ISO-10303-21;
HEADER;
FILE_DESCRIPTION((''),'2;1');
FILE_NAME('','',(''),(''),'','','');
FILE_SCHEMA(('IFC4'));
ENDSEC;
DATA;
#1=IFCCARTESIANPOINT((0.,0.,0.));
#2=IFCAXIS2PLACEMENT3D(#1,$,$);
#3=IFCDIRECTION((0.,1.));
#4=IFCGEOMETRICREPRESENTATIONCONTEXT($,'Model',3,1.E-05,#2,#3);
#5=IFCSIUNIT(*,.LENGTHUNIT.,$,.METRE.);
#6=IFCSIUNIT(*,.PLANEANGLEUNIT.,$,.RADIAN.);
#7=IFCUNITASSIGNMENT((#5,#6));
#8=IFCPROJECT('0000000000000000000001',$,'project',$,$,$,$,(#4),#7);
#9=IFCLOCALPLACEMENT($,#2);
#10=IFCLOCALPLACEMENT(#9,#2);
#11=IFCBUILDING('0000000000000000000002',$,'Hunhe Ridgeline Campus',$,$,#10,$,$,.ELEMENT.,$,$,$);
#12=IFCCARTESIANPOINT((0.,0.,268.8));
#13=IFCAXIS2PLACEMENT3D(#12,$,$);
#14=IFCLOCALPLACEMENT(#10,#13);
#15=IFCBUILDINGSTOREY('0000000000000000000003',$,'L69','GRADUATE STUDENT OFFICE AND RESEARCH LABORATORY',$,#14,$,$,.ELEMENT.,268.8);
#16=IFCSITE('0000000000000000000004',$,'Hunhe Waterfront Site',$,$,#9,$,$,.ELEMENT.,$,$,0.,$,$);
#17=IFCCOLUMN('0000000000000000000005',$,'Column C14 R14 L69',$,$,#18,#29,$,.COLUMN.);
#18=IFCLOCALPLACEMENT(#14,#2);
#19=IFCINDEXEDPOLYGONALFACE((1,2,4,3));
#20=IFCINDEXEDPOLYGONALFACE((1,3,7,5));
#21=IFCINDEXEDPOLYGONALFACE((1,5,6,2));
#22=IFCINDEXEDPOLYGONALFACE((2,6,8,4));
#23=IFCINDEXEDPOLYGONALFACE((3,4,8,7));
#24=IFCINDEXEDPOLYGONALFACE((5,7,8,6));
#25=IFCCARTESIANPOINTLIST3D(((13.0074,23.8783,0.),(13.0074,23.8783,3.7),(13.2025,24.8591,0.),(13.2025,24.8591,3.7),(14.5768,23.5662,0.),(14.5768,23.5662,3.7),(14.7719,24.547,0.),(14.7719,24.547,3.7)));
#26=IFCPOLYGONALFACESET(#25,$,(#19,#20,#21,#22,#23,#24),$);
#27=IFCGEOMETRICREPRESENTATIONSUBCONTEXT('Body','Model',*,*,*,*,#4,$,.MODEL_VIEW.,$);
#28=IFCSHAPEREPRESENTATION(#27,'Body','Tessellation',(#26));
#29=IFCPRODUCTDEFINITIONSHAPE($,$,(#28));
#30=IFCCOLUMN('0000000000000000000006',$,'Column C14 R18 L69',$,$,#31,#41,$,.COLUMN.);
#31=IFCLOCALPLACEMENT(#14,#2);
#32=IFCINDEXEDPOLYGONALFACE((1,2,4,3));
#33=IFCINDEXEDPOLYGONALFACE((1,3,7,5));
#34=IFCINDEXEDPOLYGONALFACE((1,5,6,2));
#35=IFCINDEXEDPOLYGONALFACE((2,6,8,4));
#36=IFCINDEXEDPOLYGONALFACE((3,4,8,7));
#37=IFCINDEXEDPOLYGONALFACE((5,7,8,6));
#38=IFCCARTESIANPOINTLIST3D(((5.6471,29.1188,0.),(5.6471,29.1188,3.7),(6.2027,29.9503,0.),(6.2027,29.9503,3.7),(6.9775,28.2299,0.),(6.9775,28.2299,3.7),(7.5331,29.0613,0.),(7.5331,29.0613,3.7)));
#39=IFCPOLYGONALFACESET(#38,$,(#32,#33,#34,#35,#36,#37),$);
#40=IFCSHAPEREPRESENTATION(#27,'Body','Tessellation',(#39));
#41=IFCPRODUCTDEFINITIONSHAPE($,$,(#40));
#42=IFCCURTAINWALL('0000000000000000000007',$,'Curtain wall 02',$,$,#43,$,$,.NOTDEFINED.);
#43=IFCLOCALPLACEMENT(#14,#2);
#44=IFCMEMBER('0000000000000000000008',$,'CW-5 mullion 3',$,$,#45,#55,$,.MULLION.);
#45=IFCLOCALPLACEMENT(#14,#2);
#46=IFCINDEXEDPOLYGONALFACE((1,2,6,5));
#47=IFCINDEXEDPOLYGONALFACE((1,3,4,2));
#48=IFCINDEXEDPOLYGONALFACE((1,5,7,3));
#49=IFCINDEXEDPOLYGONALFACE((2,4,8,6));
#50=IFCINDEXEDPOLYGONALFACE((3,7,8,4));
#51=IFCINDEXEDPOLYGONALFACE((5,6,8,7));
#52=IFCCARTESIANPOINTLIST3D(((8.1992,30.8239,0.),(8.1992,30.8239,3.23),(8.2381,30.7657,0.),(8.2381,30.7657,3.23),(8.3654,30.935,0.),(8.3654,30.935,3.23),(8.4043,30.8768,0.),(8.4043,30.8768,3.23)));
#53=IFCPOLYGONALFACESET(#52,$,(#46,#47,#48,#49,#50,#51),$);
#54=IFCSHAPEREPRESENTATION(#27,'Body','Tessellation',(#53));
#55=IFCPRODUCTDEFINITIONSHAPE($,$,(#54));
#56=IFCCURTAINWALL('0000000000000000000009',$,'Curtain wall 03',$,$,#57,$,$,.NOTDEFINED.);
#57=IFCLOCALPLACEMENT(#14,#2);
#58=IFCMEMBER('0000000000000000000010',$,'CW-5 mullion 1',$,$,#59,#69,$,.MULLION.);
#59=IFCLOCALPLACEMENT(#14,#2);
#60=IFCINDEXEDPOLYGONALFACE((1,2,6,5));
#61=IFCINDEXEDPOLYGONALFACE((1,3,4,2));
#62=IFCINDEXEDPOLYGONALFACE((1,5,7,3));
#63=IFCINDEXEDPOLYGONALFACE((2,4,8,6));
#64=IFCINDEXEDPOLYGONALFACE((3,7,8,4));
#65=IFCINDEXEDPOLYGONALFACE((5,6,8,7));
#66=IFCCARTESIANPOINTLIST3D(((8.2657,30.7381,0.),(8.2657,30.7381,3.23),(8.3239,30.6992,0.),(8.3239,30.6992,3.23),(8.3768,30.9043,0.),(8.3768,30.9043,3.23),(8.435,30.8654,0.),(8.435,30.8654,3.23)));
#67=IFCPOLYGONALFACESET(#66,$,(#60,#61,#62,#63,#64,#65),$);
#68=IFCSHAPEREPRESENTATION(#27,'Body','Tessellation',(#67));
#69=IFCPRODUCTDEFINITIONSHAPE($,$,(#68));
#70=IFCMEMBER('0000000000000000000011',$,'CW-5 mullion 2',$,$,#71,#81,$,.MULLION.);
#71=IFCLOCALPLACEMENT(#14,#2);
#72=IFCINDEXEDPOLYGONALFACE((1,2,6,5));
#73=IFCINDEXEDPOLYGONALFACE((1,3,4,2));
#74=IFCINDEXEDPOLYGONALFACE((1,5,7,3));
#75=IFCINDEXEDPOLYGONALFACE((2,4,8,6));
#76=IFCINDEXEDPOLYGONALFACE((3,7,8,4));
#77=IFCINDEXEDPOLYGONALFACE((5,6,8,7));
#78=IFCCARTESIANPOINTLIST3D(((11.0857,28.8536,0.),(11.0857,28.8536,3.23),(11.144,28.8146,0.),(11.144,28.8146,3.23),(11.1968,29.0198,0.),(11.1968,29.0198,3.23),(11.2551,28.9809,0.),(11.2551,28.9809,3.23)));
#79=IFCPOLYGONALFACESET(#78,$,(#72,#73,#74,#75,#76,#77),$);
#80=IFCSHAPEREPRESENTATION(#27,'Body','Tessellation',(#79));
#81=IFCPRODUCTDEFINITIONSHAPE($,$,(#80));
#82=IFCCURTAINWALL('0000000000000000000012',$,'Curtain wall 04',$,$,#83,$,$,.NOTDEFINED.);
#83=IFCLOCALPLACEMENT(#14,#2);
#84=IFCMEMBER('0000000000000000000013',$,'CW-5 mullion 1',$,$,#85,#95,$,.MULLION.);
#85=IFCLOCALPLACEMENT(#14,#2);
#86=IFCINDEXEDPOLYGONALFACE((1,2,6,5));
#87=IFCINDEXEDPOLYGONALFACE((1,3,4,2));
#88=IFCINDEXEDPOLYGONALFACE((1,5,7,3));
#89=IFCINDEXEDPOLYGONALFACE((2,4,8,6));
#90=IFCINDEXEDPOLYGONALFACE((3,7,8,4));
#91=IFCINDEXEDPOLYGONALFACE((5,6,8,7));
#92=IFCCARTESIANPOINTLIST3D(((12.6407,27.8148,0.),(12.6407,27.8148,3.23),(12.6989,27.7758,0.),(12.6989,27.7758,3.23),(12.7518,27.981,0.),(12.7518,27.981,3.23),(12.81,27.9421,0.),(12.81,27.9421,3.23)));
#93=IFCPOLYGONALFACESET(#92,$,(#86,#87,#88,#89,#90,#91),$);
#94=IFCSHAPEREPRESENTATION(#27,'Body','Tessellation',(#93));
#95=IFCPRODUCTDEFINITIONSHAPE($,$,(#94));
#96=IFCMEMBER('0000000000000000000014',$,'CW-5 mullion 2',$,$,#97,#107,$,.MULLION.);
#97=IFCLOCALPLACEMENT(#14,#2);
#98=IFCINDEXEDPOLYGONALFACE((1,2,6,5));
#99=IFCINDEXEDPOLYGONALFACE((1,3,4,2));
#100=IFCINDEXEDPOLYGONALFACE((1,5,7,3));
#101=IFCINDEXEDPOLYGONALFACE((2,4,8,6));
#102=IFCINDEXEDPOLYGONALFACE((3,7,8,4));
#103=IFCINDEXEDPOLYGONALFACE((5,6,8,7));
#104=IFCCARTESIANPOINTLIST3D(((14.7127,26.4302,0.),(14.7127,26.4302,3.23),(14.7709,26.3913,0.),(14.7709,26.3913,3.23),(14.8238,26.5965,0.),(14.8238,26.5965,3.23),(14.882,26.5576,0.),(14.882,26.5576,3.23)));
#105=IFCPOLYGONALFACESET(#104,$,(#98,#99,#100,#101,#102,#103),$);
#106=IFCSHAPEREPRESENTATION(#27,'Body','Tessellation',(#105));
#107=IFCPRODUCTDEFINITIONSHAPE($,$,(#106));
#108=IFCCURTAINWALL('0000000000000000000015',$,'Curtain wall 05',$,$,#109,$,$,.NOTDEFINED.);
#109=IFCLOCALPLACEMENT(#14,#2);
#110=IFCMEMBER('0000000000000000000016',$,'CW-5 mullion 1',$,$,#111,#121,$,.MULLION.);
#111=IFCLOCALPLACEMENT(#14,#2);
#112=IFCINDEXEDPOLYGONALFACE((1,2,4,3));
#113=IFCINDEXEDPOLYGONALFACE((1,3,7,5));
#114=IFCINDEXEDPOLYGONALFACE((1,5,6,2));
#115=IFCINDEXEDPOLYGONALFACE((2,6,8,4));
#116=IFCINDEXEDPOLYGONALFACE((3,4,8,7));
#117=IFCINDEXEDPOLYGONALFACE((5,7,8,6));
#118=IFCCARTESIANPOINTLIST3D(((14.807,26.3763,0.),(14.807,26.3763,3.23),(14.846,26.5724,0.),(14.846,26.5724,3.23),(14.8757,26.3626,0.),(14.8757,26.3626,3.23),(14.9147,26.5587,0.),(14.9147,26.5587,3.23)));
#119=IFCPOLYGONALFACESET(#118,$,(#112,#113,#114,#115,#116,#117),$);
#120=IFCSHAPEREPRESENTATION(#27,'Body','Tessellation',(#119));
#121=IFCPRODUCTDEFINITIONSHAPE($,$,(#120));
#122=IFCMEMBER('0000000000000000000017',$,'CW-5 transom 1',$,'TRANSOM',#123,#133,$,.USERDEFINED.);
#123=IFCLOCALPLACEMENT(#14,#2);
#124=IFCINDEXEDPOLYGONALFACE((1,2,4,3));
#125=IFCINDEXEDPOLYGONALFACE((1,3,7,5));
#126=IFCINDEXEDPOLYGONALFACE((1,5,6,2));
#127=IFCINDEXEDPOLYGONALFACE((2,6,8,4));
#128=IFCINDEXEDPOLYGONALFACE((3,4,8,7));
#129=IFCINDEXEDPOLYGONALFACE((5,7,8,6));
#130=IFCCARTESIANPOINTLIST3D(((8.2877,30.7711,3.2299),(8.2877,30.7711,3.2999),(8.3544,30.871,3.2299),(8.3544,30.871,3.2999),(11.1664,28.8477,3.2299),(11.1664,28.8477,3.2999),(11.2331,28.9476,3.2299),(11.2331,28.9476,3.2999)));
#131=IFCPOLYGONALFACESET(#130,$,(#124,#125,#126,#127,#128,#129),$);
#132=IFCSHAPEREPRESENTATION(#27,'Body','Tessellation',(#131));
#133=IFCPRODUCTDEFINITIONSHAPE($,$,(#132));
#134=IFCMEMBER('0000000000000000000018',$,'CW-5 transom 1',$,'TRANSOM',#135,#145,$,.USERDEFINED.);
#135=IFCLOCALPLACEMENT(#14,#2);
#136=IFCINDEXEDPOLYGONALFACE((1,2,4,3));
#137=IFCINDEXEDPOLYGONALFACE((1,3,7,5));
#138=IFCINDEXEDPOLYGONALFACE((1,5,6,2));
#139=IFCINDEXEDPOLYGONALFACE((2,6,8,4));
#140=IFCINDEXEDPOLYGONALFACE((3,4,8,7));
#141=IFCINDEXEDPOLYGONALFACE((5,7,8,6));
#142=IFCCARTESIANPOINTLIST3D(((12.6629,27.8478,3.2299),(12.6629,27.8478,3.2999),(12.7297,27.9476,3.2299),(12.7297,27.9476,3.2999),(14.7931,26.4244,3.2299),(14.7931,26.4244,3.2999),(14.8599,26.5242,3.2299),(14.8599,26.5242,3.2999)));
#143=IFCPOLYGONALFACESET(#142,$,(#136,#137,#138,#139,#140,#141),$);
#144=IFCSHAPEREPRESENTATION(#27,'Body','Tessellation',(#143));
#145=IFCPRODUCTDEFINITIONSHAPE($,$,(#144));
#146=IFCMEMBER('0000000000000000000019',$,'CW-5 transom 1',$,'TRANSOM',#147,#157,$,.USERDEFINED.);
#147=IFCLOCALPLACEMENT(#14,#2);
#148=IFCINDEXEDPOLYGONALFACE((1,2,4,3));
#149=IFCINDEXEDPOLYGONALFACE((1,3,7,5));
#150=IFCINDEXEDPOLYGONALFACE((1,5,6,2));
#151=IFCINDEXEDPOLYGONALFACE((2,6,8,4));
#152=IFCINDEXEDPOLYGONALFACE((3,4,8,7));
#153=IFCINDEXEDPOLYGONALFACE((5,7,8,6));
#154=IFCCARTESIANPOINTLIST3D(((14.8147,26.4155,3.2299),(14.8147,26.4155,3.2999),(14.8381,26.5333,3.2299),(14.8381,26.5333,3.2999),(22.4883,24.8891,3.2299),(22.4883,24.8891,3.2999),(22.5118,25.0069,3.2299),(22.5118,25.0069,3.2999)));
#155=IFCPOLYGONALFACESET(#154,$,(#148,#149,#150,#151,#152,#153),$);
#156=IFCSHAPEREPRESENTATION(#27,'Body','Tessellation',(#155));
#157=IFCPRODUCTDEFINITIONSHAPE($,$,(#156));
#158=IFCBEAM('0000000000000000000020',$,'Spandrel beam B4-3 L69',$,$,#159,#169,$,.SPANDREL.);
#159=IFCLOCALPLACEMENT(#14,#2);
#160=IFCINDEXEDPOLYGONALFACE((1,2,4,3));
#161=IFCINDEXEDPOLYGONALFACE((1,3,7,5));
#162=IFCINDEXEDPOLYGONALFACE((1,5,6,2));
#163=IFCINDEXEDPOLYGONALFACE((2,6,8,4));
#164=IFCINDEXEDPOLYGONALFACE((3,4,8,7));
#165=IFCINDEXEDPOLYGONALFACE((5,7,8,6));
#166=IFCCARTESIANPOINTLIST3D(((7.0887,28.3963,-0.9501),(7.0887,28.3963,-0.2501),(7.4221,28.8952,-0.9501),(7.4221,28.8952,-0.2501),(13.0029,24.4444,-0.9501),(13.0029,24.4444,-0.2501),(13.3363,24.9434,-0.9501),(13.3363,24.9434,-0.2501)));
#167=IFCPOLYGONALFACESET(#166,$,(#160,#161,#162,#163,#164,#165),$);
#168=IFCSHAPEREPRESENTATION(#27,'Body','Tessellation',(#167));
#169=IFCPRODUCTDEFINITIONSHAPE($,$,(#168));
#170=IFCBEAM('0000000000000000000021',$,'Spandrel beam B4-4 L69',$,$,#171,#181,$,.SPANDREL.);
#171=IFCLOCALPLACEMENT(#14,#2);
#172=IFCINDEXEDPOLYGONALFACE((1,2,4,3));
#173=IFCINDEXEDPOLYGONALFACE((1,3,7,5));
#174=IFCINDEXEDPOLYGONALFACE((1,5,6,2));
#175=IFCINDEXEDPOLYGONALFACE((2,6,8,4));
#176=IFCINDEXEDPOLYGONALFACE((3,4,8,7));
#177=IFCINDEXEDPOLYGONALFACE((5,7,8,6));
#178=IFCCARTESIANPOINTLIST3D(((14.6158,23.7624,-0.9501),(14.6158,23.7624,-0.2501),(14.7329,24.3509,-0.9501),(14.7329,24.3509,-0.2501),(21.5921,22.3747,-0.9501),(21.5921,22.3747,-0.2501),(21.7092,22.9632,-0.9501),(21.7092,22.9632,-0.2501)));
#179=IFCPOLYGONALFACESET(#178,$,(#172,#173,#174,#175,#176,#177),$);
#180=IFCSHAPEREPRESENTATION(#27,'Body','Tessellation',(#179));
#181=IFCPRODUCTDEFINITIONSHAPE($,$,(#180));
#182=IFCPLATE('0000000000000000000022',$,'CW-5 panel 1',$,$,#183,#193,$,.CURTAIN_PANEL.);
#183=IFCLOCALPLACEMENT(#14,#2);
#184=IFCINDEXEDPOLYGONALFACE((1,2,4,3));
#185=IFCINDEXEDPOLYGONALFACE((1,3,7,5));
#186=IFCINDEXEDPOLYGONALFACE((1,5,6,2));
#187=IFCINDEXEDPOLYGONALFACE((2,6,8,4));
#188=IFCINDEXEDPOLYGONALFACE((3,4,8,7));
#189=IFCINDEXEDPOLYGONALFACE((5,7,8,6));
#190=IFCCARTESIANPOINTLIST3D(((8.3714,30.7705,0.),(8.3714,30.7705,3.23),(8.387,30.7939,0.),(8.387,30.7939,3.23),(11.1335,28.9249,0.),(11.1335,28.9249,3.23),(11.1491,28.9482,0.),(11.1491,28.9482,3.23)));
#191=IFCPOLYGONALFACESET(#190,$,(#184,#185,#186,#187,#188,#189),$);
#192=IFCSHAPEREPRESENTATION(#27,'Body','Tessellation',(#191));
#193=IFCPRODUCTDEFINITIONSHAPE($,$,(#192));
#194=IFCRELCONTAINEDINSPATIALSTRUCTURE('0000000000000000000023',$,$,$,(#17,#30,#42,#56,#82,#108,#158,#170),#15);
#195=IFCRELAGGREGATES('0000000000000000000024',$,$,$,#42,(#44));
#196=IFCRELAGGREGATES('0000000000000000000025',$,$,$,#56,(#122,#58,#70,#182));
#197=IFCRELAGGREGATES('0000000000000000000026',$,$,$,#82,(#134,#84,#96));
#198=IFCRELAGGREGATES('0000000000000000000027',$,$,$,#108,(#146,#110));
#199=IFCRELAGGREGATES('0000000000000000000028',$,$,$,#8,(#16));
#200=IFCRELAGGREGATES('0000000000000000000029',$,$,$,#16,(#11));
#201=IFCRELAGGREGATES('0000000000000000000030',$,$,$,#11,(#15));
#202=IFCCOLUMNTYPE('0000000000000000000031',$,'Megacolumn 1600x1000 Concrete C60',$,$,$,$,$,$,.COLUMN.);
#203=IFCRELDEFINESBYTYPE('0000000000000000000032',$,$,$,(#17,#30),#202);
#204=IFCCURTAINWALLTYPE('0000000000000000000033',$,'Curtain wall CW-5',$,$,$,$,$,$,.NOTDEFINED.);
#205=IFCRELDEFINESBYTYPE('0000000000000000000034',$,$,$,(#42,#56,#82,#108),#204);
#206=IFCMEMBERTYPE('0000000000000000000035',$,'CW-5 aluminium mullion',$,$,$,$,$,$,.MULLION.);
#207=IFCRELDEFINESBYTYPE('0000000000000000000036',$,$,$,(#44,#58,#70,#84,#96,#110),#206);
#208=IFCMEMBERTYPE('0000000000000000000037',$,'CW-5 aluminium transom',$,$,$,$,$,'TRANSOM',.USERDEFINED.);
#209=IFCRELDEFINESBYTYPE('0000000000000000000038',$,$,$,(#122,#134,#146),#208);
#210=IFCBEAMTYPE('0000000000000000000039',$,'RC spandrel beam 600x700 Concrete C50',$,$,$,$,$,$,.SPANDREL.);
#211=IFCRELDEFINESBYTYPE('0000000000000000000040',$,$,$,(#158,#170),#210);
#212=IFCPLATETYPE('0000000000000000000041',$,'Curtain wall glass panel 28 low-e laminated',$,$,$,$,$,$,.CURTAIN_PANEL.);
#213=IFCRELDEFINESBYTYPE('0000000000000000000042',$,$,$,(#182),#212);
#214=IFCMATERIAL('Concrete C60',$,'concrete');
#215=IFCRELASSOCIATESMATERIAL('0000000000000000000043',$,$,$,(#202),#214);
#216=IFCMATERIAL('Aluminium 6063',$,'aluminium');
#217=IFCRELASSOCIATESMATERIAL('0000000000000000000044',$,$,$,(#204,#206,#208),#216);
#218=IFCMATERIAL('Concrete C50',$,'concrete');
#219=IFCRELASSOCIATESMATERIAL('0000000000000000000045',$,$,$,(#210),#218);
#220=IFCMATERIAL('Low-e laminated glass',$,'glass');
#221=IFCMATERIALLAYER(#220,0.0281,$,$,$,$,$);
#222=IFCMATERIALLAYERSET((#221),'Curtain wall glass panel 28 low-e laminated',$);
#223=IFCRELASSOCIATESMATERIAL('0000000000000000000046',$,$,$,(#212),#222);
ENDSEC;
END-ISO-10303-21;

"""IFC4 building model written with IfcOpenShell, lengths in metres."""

from ifc_helpers import new_model, si_unit, direction, frame, origin, origin_2d, place, context, subcontext, project, spatial, rectangle, extrude, material, layer, layer_set, material_profile, profile_set, type_object, element, aggregate, save


model = new_model("IFC4")

# Units and contexts
model_context = context("Model", 3, precision=1e-05, world=origin(), true_north=direction((0.0, 1.0)))
body_context = subcontext(model_context, "Body", "Model", "MODEL_VIEW")
ifc_project = project(units=[si_unit("LENGTHUNIT", "METRE"), si_unit("PLANEANGLEUNIT", "RADIAN")], contexts=[model_context])

# Site, building, storey
site_placement = place(None, origin())
site = spatial("IfcSite", under=ifc_project, at=site_placement, Name="Hunhe Waterfront Site", CompositionType="ELEMENT", RefElevation=0.0)
building_placement = place(site_placement, origin())
building = spatial("IfcBuilding", under=site, at=building_placement, Name="Hunhe Ridgeline Campus", CompositionType="ELEMENT")
storey_placement = place(building_placement, frame((0.0, 0.0, 268.8)))
storey = spatial("IfcBuildingStorey", under=building, at=storey_placement, Name="L69", Description="GRADUATE STUDENT OFFICE AND RESEARCH LABORATORY", CompositionType="ELEMENT", Elevation=268.8)

# Columns
ifc_material_1 = material(Name="Concrete C60", Category="concrete")
ifc_material_profile_1 = material_profile(ifc_material_1, rectangle(XDim=1.6001, YDim=1.0, at=origin_2d()))
ifc_profile_set_1 = profile_set([ifc_material_profile_1], Name="Concrete C60")
column_type = type_object("IfcColumnType", Name="Megacolumn 1600x1000 Concrete C60", PredefinedType="COLUMN", material=ifc_profile_set_1)
for number, where, z_axis, x_axis, name in (
    (1, (13.8896, 24.2126, 0.0), (0.0, 0.0, 1.0), (-0.980785, 0.19509, 0.0), "Column C14 R14 L69"),
    (2, (6.5901, 29.0901, 0.0), (0.0, 0.0, 1.0), (-0.83147, 0.55557, 0.0), "Column C14 R18 L69"),
):
    element("IfcColumn", number, at=place(storey_placement, frame(where, z_axis=z_axis, x_axis=x_axis)), inside=storey, type_object=column_type, Name=name, PredefinedType="COLUMN", context=body_context, shape_type="SweptSolid", body=[
        extrude(rectangle(XDim=1.6001, YDim=1.0, at=origin_2d()), origin(), (0.0, 0.0, 1.0), 3.7),
    ])

# Curtain wall, member
ifc_material_2 = material(Name="Aluminium 6063", Category="aluminium")
curtain_wall_type = type_object("IfcCurtainWallType", Name="Curtain wall CW-5", PredefinedType="NOTDEFINED", material=ifc_material_2)
curtain_wall_1_placement = place(storey_placement, origin())
curtain_wall_1 = element("IfcCurtainWall", 3, at=curtain_wall_1_placement, inside=storey, type_object=curtain_wall_type, Name="Curtain wall 02", PredefinedType="NOTDEFINED")
ifc_material_profile_2 = material_profile(ifc_material_2, rectangle(XDim=0.2, YDim=0.0701, at=origin_2d()))
ifc_profile_set_2 = profile_set([ifc_material_profile_2], Name="Aluminium 6063")
member_type_1 = type_object("IfcMemberType", Name="CW-5 aluminium mullion", PredefinedType="MULLION", material=ifc_profile_set_2)
member_1_placement = place(storey_placement, frame((8.3018, 30.8503, 0.0), z_axis=(0.0, 0.0, 1.0), x_axis=(0.83147, 0.55557, 0.0)))
member_1 = element("IfcMember", 4, at=member_1_placement, type_object=member_type_1, Name="CW-5 mullion 3", PredefinedType="MULLION", context=body_context, shape_type="SweptSolid", body=[
    extrude(rectangle(XDim=0.2, YDim=0.0701, at=origin_2d()), origin(), (0.0, 0.0, 1.0), 3.23),
])
aggregate(curtain_wall_1, [member_1])

# Curtain walls, members
curtain_wall_2_placement = place(storey_placement, origin())
curtain_wall_2 = element("IfcCurtainWall", 5, at=curtain_wall_2_placement, inside=storey, type_object=curtain_wall_type, Name="Curtain wall 03", PredefinedType="NOTDEFINED")
member_2_placement = place(storey_placement, frame((8.3503, 30.8018, 0.0), z_axis=(0.0, 0.0, 1.0), x_axis=(0.55557, 0.83147, 0.0)))
member_2 = element("IfcMember", 6, at=member_2_placement, type_object=member_type_1, Name="CW-5 mullion 1", PredefinedType="MULLION", context=body_context, shape_type="SweptSolid", body=[
    extrude(rectangle(XDim=0.2, YDim=0.0701, at=origin_2d()), origin(), (0.0, 0.0, 1.0), 3.23),
])
member_3_placement = place(storey_placement, frame((11.1704, 28.9172, 0.0), z_axis=(0.0, 0.0, 1.0), x_axis=(0.55557, 0.83147, 0.0)))
member_3 = element("IfcMember", 7, at=member_3_placement, type_object=member_type_1, Name="CW-5 mullion 2", PredefinedType="MULLION", context=body_context, shape_type="SweptSolid", body=[
    extrude(rectangle(XDim=0.2, YDim=0.0701, at=origin_2d()), origin(), (0.0, 0.0, 1.0), 3.23),
])
curtain_wall_3_placement = place(storey_placement, origin())
curtain_wall_3 = element("IfcCurtainWall", 8, at=curtain_wall_3_placement, inside=storey, type_object=curtain_wall_type, Name="Curtain wall 04", PredefinedType="NOTDEFINED")
member_4_placement = place(storey_placement, frame((12.7253, 27.8784, 0.0), z_axis=(0.0, 0.0, 1.0), x_axis=(0.55557, 0.83147, 0.0)))
member_4 = element("IfcMember", 9, at=member_4_placement, type_object=member_type_1, Name="CW-5 mullion 1", PredefinedType="MULLION", context=body_context, shape_type="SweptSolid", body=[
    extrude(rectangle(XDim=0.2, YDim=0.0701, at=origin_2d()), origin(), (0.0, 0.0, 1.0), 3.23),
])
member_5_placement = place(storey_placement, frame((14.7974, 26.4939, 0.0), z_axis=(0.0, 0.0, 1.0), x_axis=(0.55557, 0.83147, 0.0)))
member_5 = element("IfcMember", 10, at=member_5_placement, type_object=member_type_1, Name="CW-5 mullion 2", PredefinedType="MULLION", context=body_context, shape_type="SweptSolid", body=[
    extrude(rectangle(XDim=0.2, YDim=0.0701, at=origin_2d()), origin(), (0.0, 0.0, 1.0), 3.23),
])

# Curtain wall, member
curtain_wall_4_placement = place(storey_placement, origin())
curtain_wall_4 = element("IfcCurtainWall", 11, at=curtain_wall_4_placement, inside=storey, type_object=curtain_wall_type, Name="Curtain wall 05", PredefinedType="NOTDEFINED")
member_6_placement = place(storey_placement, frame((14.8608, 26.4675, 0.0), z_axis=(0.0, 0.0, 1.0), x_axis=(0.19509, 0.980785, 0.0)))
member_6 = element("IfcMember", 12, at=member_6_placement, type_object=member_type_1, Name="CW-5 mullion 1", PredefinedType="MULLION", context=body_context, shape_type="SweptSolid", body=[
    extrude(rectangle(XDim=0.2, YDim=0.0701, at=origin_2d()), origin(), (0.0, 0.0, 1.0), 3.23),
])

# Members
ifc_material_profile_3 = material_profile(ifc_material_2, rectangle(XDim=0.1201, YDim=0.0701, at=origin_2d()))
ifc_profile_set_3 = profile_set([ifc_material_profile_3], Name="Aluminium 6063")
member_type_2 = type_object("IfcMemberType", Name="CW-5 aluminium transom", ElementType="TRANSOM", PredefinedType="USERDEFINED", material=ifc_profile_set_3)
member_7_placement = place(storey_placement, frame((8.321, 30.821, 3.2649), z_axis=(0.831486, -0.555546, 0.0), x_axis=(0.555546, 0.831486, 0.0)))
member_7 = element("IfcMember", 13, at=member_7_placement, type_object=member_type_2, Name="CW-5 transom 1", ObjectType="TRANSOM", PredefinedType="USERDEFINED", context=body_context, shape_type="SweptSolid", body=[
    extrude(rectangle(XDim=0.1201, YDim=0.0701, at=origin_2d()), origin(), (0.0, 0.0, 1.0), 3.4622),
])
member_8_placement = place(storey_placement, frame((12.6963, 27.8977, 3.2649), z_axis=(0.831463, -0.55558, 0.0), x_axis=(0.55558, 0.831463, 0.0)))
member_8 = element("IfcMember", 14, at=member_8_placement, type_object=member_type_2, Name="CW-5 transom 1", ObjectType="TRANSOM", PredefinedType="USERDEFINED", context=body_context, shape_type="SweptSolid", body=[
    extrude(rectangle(XDim=0.1201, YDim=0.0701, at=origin_2d()), origin(), (0.0, 0.0, 1.0), 2.562),
])
member_9_placement = place(storey_placement, frame((14.8264, 26.4744, 3.2649), z_axis=(0.980785, -0.19509, 0.0), x_axis=(0.19509, 0.980785, 0.0)))
member_9 = element("IfcMember", 15, at=member_9_placement, type_object=member_type_2, Name="CW-5 transom 1", ObjectType="TRANSOM", PredefinedType="USERDEFINED", context=body_context, shape_type="SweptSolid", body=[
    extrude(rectangle(XDim=0.1201, YDim=0.0701, at=origin_2d()), origin(), (0.0, 0.0, 1.0), 7.824),
])

# Beams
ifc_material_3 = material(Name="Concrete C50", Category="concrete")
ifc_material_profile_4 = material_profile(ifc_material_3, rectangle(XDim=0.6001, YDim=0.7, at=origin_2d()))
ifc_profile_set_4 = profile_set([ifc_material_profile_4], Name="Concrete C50")
beam_type = type_object("IfcBeamType", Name="RC spandrel beam 600x700 Concrete C50", PredefinedType="SPANDREL", material=ifc_profile_set_4)
for number, where, z_axis, x_axis, name in (
    (16, (7.2554, 28.6458, -0.6001), (0.831464, -0.555579, 0.0), (0.555579, 0.831464, 0.0), "Spandrel beam B4-3 L69"),
    (17, (14.6743, 24.0566, -0.6001), (0.980785, -0.195093, 0.0), (0.195093, 0.980785, 0.0), "Spandrel beam B4-4 L69"),
):
    element("IfcBeam", number, at=place(storey_placement, frame(where, z_axis=z_axis, x_axis=x_axis)), inside=storey, type_object=beam_type, Name=name, PredefinedType="SPANDREL", context=body_context, shape_type="SweptSolid", body=[
        extrude(rectangle(XDim=0.6001, YDim=0.7, at=origin_2d()), origin(), (0.0, 0.0, 1.0), 7.113),
    ])

# Plate
ifc_material_4 = material(Name="Low-e laminated glass", Category="glass")
ifc_layer_1 = layer(ifc_material_4, 0.0281)
ifc_layer_set_1 = layer_set([ifc_layer_1], Name="Curtain wall glass panel 28 low-e laminated")
plate_type = type_object("IfcPlateType", Name="Curtain wall glass panel 28 low-e laminated", PredefinedType="CURTAIN_PANEL", material=ifc_layer_set_1)
plate_1_placement = place(storey_placement, frame((9.7603, 29.8594, 0.0), z_axis=(0.0, 0.0, 1.0), x_axis=(0.83147, -0.55557, 0.0)))
plate_1 = element("IfcPlate", 18, at=plate_1_placement, type_object=plate_type, Name="CW-5 panel 1", PredefinedType="CURTAIN_PANEL", context=body_context, shape_type="SweptSolid", body=[
    extrude(rectangle(XDim=3.322, YDim=0.0281, at=origin_2d()), origin(), (0.0, 0.0, 1.0), 3.23),
])
aggregate(curtain_wall_2, [member_7, member_2, member_3, plate_1])
aggregate(curtain_wall_3, [member_8, member_4, member_5])
aggregate(curtain_wall_4, [member_9, member_6])

save(model, "model.ifc")
